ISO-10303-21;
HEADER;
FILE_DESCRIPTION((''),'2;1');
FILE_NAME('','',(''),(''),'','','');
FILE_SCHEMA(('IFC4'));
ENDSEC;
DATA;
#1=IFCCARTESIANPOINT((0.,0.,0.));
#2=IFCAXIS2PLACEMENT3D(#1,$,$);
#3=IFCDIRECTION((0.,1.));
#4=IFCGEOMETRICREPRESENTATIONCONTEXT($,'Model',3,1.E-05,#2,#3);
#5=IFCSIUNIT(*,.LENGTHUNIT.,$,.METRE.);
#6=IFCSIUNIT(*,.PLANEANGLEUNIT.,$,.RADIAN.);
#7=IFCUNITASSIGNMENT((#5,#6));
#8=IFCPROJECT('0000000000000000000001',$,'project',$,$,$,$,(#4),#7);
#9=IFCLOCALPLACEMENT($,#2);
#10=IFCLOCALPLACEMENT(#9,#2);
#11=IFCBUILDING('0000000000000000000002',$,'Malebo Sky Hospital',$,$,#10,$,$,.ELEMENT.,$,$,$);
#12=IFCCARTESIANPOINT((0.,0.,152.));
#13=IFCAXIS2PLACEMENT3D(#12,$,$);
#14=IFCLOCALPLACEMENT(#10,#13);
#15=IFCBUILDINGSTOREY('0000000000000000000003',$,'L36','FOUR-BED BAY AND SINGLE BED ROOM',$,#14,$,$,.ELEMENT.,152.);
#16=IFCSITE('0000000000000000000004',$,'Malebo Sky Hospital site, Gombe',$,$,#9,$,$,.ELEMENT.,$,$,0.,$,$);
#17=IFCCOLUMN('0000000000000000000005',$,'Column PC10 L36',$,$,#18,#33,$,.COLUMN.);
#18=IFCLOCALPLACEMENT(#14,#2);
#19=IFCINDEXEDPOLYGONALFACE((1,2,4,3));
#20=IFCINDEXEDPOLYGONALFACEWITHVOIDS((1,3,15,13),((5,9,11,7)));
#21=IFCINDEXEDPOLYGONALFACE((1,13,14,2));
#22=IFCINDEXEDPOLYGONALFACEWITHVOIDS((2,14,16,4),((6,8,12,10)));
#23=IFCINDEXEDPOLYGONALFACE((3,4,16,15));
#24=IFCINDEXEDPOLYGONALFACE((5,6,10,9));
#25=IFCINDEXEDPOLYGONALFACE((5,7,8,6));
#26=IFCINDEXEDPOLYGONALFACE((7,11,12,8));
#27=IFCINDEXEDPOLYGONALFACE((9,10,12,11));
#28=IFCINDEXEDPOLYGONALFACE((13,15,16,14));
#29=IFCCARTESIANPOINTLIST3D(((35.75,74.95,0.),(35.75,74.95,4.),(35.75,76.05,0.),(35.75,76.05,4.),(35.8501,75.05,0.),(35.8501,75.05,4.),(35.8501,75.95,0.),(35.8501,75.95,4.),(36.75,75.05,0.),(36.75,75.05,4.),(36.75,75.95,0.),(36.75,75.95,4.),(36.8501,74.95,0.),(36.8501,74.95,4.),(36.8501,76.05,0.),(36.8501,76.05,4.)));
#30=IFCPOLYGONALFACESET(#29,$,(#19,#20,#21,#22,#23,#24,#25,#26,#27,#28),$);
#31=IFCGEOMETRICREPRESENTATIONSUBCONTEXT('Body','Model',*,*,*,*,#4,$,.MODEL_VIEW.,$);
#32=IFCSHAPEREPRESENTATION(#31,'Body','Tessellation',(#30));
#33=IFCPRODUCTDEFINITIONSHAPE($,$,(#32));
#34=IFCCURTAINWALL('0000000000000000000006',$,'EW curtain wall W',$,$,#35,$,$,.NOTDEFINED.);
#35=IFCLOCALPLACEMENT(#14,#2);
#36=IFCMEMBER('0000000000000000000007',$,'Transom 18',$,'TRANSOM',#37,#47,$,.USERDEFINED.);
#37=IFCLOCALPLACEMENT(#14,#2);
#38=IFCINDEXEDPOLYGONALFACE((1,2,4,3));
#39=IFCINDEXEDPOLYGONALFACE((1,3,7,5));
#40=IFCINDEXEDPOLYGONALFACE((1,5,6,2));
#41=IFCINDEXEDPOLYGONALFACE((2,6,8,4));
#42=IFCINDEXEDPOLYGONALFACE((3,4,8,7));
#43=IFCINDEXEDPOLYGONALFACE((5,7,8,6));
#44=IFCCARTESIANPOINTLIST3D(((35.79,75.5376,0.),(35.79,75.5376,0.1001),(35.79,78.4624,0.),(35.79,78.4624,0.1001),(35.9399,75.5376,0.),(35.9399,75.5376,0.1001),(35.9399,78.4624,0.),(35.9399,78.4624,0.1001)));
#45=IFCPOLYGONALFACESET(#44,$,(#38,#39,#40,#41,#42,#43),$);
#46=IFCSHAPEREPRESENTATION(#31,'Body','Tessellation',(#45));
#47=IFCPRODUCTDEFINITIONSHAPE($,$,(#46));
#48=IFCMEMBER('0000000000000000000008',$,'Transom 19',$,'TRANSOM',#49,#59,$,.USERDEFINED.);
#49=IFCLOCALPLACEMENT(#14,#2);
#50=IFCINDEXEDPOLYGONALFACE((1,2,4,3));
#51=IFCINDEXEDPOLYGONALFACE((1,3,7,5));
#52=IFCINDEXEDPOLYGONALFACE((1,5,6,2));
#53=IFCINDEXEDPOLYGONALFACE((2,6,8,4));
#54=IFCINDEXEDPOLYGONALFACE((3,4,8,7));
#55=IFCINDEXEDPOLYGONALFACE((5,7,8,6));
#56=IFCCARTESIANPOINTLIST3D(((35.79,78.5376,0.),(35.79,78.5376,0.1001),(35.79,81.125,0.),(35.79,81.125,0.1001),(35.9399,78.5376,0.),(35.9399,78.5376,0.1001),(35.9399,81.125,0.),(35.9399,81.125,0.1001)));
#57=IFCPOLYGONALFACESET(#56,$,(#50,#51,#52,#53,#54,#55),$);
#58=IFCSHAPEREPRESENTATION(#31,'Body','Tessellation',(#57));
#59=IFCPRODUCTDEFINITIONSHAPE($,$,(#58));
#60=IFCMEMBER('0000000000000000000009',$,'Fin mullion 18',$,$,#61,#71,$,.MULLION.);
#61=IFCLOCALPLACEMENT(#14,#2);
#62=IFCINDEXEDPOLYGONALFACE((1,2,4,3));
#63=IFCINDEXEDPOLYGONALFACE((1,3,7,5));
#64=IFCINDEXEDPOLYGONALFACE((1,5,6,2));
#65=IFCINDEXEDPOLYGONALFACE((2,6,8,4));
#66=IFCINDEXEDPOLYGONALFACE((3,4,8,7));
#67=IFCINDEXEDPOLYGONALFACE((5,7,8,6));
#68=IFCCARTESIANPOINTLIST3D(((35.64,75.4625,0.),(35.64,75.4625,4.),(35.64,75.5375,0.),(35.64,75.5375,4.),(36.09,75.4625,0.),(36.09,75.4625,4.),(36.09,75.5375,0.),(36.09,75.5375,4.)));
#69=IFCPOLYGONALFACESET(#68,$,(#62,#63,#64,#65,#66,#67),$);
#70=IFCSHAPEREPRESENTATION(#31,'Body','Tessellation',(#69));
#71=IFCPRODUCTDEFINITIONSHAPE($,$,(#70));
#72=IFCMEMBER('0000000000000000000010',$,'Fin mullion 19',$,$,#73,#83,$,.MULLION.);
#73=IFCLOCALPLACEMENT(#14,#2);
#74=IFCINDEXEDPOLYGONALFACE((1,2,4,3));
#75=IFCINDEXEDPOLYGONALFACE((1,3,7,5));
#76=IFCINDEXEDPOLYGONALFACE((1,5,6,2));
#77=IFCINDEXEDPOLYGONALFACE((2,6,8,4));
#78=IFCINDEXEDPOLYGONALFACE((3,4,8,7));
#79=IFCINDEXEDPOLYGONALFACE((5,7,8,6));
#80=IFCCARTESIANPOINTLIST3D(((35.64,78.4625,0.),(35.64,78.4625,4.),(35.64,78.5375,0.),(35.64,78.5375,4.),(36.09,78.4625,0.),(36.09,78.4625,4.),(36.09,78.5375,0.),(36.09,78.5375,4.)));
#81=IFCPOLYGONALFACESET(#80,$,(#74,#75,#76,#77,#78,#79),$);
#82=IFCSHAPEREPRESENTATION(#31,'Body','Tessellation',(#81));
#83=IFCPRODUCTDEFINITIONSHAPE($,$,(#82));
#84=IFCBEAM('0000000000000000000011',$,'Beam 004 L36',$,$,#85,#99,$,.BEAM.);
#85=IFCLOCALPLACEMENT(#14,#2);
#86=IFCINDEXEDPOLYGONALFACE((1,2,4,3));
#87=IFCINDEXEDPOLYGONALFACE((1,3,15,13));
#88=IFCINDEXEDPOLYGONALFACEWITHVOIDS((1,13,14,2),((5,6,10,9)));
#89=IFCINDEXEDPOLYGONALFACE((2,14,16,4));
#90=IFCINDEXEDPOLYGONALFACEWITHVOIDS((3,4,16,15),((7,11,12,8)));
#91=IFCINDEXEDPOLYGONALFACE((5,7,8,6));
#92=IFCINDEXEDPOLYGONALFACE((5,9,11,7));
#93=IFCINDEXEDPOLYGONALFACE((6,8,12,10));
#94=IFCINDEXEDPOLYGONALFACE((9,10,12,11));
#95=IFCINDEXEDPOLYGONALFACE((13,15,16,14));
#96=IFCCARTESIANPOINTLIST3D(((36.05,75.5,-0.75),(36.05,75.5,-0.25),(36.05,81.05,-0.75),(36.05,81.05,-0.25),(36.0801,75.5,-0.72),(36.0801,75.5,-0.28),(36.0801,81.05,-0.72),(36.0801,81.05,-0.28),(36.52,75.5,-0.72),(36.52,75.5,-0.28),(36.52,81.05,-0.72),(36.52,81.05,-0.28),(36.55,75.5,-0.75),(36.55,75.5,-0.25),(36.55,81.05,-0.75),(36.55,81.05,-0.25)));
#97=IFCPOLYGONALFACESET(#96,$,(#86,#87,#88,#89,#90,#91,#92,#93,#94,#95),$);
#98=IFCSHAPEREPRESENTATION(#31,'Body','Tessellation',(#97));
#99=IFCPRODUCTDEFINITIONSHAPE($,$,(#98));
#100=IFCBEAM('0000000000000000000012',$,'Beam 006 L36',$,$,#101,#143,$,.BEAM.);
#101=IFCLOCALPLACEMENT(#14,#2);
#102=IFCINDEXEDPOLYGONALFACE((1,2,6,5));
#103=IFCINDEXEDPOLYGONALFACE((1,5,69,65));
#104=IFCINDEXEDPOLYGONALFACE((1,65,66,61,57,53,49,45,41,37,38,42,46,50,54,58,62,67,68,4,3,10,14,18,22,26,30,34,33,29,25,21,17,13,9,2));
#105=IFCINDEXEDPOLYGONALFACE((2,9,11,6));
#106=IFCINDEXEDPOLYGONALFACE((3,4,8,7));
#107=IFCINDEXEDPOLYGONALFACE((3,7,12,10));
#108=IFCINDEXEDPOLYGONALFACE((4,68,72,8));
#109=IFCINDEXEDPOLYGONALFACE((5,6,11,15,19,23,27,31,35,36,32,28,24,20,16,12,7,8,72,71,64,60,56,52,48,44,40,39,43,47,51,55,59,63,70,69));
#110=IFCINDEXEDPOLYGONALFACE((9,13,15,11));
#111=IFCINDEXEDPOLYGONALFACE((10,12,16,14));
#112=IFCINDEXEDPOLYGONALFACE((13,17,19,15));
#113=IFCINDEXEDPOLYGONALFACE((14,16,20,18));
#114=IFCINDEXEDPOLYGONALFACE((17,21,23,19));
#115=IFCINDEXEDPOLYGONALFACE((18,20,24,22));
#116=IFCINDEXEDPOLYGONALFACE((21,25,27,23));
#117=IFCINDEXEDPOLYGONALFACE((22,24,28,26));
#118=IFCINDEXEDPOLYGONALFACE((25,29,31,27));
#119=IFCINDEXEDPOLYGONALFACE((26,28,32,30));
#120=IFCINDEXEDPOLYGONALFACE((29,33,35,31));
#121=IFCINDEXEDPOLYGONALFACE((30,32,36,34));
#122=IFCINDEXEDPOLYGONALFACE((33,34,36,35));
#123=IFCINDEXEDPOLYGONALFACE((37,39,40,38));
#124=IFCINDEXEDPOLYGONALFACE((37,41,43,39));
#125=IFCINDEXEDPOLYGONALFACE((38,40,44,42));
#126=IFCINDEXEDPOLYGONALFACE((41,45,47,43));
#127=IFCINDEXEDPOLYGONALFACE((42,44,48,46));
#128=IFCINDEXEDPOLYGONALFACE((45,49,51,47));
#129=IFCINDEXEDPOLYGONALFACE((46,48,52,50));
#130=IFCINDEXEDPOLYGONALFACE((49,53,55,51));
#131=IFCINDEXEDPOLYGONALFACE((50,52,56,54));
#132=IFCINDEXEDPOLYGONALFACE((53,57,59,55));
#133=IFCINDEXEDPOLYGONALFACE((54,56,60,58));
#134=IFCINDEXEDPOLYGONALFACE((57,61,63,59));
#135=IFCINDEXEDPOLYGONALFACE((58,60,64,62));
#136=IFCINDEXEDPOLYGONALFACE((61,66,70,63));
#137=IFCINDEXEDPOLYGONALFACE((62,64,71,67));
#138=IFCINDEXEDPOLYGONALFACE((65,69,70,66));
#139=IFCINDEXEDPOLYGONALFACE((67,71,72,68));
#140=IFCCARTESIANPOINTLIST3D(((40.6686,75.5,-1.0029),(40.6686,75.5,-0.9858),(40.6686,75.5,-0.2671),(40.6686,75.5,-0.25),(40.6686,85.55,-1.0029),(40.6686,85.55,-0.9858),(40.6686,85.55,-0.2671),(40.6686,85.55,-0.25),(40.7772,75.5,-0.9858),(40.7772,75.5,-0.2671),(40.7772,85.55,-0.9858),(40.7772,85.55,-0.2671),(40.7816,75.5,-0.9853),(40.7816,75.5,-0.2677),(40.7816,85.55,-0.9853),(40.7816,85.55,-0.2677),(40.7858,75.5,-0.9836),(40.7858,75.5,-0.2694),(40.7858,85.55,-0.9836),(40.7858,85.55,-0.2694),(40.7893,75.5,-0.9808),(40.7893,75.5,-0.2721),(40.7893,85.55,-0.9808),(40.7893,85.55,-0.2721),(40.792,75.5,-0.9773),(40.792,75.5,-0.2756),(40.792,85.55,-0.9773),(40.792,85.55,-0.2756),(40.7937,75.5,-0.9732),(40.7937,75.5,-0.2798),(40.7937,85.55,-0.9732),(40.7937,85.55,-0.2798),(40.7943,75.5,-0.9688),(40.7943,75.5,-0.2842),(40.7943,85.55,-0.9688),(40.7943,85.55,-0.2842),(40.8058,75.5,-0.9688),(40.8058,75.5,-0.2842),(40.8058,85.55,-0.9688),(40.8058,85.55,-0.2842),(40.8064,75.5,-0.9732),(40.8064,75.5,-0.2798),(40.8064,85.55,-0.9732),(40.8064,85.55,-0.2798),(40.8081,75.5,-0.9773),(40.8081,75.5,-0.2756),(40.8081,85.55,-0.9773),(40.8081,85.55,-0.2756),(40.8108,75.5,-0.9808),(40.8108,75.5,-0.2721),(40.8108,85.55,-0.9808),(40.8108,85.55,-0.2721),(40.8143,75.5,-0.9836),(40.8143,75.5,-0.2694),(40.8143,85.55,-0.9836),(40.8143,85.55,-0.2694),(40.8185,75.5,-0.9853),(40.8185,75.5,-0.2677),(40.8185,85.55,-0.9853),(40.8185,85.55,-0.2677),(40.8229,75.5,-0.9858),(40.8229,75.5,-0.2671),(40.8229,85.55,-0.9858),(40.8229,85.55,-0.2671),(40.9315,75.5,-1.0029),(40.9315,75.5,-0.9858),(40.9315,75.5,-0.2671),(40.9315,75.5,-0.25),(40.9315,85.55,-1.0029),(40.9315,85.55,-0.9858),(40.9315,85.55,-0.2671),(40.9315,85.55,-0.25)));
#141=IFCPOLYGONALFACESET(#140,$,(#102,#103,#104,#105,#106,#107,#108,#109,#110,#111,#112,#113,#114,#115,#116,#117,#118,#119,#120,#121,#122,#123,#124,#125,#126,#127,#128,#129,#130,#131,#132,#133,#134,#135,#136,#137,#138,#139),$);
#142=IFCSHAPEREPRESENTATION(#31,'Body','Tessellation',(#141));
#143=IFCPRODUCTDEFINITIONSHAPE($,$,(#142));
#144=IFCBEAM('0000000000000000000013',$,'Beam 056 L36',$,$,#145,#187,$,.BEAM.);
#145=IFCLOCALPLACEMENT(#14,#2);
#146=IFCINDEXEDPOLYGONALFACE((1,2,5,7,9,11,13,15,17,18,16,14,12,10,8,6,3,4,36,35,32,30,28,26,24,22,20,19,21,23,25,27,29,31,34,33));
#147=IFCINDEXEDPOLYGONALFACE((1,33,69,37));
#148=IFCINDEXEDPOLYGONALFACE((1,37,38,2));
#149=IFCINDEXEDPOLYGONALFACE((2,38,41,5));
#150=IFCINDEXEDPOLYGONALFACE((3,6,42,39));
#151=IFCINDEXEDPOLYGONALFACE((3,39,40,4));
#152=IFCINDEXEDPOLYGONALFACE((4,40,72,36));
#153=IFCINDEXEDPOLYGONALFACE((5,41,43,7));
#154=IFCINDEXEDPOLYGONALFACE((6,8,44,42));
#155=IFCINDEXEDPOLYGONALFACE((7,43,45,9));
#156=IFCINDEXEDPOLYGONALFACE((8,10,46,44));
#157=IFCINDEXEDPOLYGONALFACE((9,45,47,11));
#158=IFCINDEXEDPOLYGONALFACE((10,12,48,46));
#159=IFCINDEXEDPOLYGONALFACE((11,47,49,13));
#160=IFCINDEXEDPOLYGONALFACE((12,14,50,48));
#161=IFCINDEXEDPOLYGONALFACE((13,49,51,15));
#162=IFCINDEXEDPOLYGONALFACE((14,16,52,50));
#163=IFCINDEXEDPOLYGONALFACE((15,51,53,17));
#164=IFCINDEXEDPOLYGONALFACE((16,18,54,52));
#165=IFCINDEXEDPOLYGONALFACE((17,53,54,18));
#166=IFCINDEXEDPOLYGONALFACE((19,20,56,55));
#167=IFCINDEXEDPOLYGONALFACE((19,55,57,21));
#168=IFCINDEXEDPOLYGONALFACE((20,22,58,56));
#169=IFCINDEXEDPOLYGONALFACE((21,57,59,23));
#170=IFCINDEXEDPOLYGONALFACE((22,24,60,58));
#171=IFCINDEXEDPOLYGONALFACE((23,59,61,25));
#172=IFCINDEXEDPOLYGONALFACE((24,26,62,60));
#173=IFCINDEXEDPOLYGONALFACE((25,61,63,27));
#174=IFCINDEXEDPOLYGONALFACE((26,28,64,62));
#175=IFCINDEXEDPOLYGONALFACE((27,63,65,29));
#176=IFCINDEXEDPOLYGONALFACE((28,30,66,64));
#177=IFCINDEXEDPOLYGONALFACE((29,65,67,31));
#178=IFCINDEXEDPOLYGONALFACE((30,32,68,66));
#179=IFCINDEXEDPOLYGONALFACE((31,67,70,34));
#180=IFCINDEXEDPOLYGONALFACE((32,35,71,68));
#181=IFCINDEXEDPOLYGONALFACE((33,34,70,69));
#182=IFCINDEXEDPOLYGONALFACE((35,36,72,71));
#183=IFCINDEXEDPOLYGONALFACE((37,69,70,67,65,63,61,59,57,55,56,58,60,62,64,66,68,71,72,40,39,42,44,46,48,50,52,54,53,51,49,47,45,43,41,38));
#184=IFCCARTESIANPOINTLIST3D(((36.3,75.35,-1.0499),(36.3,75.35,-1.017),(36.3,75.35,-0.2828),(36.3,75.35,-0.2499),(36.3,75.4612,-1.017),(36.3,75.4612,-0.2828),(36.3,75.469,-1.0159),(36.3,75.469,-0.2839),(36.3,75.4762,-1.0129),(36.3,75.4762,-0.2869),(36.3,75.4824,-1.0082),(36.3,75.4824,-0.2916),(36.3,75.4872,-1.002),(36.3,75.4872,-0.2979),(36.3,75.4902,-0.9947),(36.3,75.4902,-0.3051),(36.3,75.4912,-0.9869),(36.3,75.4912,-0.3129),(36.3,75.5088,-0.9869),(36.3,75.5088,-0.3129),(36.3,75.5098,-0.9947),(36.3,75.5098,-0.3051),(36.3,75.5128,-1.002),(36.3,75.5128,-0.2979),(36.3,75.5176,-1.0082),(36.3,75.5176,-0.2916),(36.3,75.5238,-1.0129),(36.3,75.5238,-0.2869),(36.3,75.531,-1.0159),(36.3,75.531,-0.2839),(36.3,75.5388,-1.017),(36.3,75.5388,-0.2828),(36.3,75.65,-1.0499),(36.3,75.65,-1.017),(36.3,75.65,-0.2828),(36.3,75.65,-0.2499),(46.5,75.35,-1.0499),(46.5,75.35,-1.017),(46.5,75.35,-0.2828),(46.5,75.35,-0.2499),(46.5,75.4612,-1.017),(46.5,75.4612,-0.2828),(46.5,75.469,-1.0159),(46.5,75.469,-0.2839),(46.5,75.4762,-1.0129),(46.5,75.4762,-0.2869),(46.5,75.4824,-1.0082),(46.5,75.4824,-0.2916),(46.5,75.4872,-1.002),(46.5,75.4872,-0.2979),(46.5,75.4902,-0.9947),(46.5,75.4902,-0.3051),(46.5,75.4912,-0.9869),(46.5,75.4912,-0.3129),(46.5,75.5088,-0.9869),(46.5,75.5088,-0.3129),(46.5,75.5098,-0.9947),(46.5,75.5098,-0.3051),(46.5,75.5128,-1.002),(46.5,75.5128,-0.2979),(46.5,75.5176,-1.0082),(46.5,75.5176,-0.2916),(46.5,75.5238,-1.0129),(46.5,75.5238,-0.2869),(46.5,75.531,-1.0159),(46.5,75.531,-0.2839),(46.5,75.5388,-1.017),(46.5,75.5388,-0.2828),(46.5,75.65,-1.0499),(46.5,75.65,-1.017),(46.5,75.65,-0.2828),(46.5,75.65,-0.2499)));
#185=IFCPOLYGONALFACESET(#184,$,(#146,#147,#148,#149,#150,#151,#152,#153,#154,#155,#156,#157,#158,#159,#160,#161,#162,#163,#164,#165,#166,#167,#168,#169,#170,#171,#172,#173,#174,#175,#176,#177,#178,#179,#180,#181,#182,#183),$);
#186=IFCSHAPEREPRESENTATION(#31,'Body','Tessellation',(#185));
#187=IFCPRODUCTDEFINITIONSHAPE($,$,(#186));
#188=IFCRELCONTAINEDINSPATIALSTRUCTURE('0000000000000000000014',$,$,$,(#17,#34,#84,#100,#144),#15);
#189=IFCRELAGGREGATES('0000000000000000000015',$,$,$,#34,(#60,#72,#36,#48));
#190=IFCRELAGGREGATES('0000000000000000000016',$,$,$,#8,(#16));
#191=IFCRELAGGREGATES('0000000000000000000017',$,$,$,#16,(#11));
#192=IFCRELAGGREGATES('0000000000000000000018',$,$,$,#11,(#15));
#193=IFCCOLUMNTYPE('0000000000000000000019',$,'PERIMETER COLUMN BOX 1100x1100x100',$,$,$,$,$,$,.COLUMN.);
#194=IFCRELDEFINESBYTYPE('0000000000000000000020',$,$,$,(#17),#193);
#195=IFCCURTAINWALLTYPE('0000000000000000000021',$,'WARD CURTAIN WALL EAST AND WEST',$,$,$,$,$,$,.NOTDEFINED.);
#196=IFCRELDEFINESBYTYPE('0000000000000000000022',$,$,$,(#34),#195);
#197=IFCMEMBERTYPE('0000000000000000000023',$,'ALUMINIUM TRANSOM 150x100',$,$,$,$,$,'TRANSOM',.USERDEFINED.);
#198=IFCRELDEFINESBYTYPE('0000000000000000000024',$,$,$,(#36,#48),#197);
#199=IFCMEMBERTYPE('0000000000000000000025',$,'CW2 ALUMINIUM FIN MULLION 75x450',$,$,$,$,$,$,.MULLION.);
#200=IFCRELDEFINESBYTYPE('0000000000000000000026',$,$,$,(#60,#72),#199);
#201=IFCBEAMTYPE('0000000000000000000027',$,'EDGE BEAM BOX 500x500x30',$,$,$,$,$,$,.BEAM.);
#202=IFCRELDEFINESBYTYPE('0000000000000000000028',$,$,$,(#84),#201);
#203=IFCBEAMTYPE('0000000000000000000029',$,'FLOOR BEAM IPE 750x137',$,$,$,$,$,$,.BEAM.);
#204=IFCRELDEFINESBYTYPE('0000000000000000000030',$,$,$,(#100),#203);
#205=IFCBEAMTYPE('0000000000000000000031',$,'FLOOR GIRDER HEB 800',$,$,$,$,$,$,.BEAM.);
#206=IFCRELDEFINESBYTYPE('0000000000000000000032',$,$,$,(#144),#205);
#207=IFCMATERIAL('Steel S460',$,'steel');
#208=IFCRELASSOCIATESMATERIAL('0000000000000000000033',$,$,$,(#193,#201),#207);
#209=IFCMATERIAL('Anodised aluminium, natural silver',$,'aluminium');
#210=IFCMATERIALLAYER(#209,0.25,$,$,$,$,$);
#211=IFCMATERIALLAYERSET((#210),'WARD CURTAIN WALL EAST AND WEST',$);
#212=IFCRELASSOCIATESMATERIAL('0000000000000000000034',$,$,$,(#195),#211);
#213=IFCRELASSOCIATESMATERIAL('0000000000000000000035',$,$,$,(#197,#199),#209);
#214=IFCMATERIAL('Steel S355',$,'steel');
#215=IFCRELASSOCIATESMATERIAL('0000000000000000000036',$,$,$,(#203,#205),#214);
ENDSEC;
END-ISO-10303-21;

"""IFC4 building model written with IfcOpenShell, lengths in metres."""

from ifc_helpers import new_model, si_unit, direction, frame, origin, origin_2d, place, context, subcontext, project, spatial, rectangle, hollow_rectangle, i_section, extrude, material, layer, layer_set, material_profile, profile_set, type_object, element, aggregate, save


model = new_model("IFC4")

# Units and contexts
model_context = context("Model", 3, precision=1e-05, world=origin(), true_north=direction((0.0, 1.0)))
body_context = subcontext(model_context, "Body", "Model", "MODEL_VIEW")
ifc_project = project(units=[si_unit("LENGTHUNIT", "METRE"), si_unit("PLANEANGLEUNIT", "RADIAN")], contexts=[model_context])

# Site, building, storey
site_placement = place(None, origin())
site = spatial("IfcSite", under=ifc_project, at=site_placement, Name="Malebo Sky Hospital site, Gombe", CompositionType="ELEMENT", RefElevation=0.0)
building_placement = place(site_placement, origin())
building = spatial("IfcBuilding", under=site, at=building_placement, Name="Malebo Sky Hospital", CompositionType="ELEMENT")
storey_placement = place(building_placement, frame((0.0, 0.0, 152.0)))
storey = spatial("IfcBuildingStorey", under=building, at=storey_placement, Name="L36", Description="FOUR-BED BAY AND SINGLE BED ROOM", CompositionType="ELEMENT", Elevation=152.0)

# Column
ifc_material_1 = material(Name="Steel S460", Category="steel")
ifc_material_profile_1 = material_profile(ifc_material_1, hollow_rectangle(XDim=1.1001, YDim=1.1001, WallThickness=0.1001, at=origin_2d()), Name="BOX 1100x1100x100")
ifc_profile_set_1 = profile_set([ifc_material_profile_1], Name="Steel S460")
column_type = type_object("IfcColumnType", Name="PERIMETER COLUMN BOX 1100x1100x100", PredefinedType="COLUMN", material=ifc_profile_set_1)
column_placement = place(storey_placement, frame((36.3, 75.5, 0.0), z_axis=(0.0, 0.0, 1.0), x_axis=(1.0, 0.0, 0.0)))
element("IfcColumn", 1, at=column_placement, inside=storey, type_object=column_type, Name="Column PC10 L36", PredefinedType="COLUMN", context=body_context, shape_type="SweptSolid", body=[
    extrude(hollow_rectangle(XDim=1.1001, YDim=1.1001, WallThickness=0.1001, at=origin_2d()), origin(), (0.0, 0.0, 1.0), 4.0),
])

# Curtain wall, members
ifc_material_2 = material(Name="Anodised aluminium, natural silver", Category="aluminium")
ifc_layer_1 = layer(ifc_material_2, 0.25)
ifc_layer_set_1 = layer_set([ifc_layer_1], Name="WARD CURTAIN WALL EAST AND WEST")
curtain_wall_type = type_object("IfcCurtainWallType", Name="WARD CURTAIN WALL EAST AND WEST", PredefinedType="NOTDEFINED", material=ifc_layer_set_1)
curtain_wall_placement = place(storey_placement, origin())
curtain_wall = element("IfcCurtainWall", 2, at=curtain_wall_placement, inside=storey, type_object=curtain_wall_type, Name="EW curtain wall W", PredefinedType="NOTDEFINED")
ifc_material_profile_2 = material_profile(ifc_material_2, rectangle(XDim=0.1499, YDim=0.1001, at=origin_2d()), Name="ALUMINIUM TRANSOM 150x100")
ifc_profile_set_2 = profile_set([ifc_material_profile_2], Name="Anodised aluminium, natural silver")
member_type_1 = type_object("IfcMemberType", Name="ALUMINIUM TRANSOM 150x100", ElementType="TRANSOM", PredefinedType="USERDEFINED", material=ifc_profile_set_2)
member_1_placement = place(storey_placement, frame((35.865, 75.5376, 0.05), z_axis=(0.0, 1.0, 0.0), x_axis=(-1.0, 0.0, 0.0)))
member_1 = element("IfcMember", 3, at=member_1_placement, type_object=member_type_1, Name="Transom 18", ObjectType="TRANSOM", PredefinedType="USERDEFINED", context=body_context, shape_type="SweptSolid", body=[
    extrude(rectangle(XDim=0.1499, YDim=0.1001, at=origin_2d()), origin(), (0.0, 0.0, 1.0), 2.9248),
])
member_2_placement = place(storey_placement, frame((35.865, 78.5376, 0.05), z_axis=(0.0, 1.0, 0.0), x_axis=(-1.0, 0.0, 0.0)))
member_2 = element("IfcMember", 4, at=member_2_placement, type_object=member_type_1, Name="Transom 19", ObjectType="TRANSOM", PredefinedType="USERDEFINED", context=body_context, shape_type="SweptSolid", body=[
    extrude(rectangle(XDim=0.1499, YDim=0.1001, at=origin_2d()), origin(), (0.0, 0.0, 1.0), 2.5874),
])
ifc_material_profile_3 = material_profile(ifc_material_2, rectangle(XDim=0.075, YDim=0.45, at=origin_2d()), Name="CW2 ALUMINIUM FIN MULLION 75x450")
ifc_profile_set_3 = profile_set([ifc_material_profile_3], Name="Anodised aluminium, natural silver")
member_type_2 = type_object("IfcMemberType", Name="CW2 ALUMINIUM FIN MULLION 75x450", PredefinedType="MULLION", material=ifc_profile_set_3)
member_3_placement = place(storey_placement, frame((35.865, 75.5, 0.0), z_axis=(0.0, 0.0, 1.0), x_axis=(0.0, 1.0, 0.0)))
member_3 = element("IfcMember", 5, at=member_3_placement, type_object=member_type_2, Name="Fin mullion 18", PredefinedType="MULLION", context=body_context, shape_type="SweptSolid", body=[
    extrude(rectangle(XDim=0.075, YDim=0.45, at=origin_2d()), origin(), (0.0, 0.0, 1.0), 4.0),
])
member_4_placement = place(storey_placement, frame((35.865, 78.5, 0.0), z_axis=(0.0, 0.0, 1.0), x_axis=(0.0, 1.0, 0.0)))
member_4 = element("IfcMember", 6, at=member_4_placement, type_object=member_type_2, Name="Fin mullion 19", PredefinedType="MULLION", context=body_context, shape_type="SweptSolid", body=[
    extrude(rectangle(XDim=0.075, YDim=0.45, at=origin_2d()), origin(), (0.0, 0.0, 1.0), 4.0),
])

# Beams
ifc_material_profile_4 = material_profile(ifc_material_1, hollow_rectangle(XDim=0.5, YDim=0.5, WallThickness=0.03, at=origin_2d()), Name="BOX 500x500x30")
ifc_profile_set_4 = profile_set([ifc_material_profile_4], Name="Steel S460")
beam_type_1 = type_object("IfcBeamType", Name="EDGE BEAM BOX 500x500x30", PredefinedType="BEAM", material=ifc_profile_set_4)
beam_1_placement = place(storey_placement, frame((36.3, 75.5, -0.5), z_axis=(0.0, 1.0, 0.0), x_axis=(-1.0, 0.0, 0.0)))
element("IfcBeam", 7, at=beam_1_placement, inside=storey, type_object=beam_type_1, Name="Beam 004 L36", PredefinedType="BEAM", context=body_context, shape_type="SweptSolid", body=[
    extrude(hollow_rectangle(XDim=0.5, YDim=0.5, WallThickness=0.03, at=origin_2d()), origin(), (0.0, 0.0, 1.0), 5.55),
])
ifc_material_3 = material(Name="Steel S355", Category="steel")
ifc_material_profile_5 = material_profile(ifc_material_3, i_section(OverallWidth=0.2629, OverallDepth=0.7529, WebThickness=0.0115, FlangeThickness=0.0171, FilletRadius=0.0171, at=origin_2d()), Name="IPE 750x137")
ifc_profile_set_5 = profile_set([ifc_material_profile_5], Name="Steel S355")
beam_type_2 = type_object("IfcBeamType", Name="FLOOR BEAM IPE 750x137", PredefinedType="BEAM", material=ifc_profile_set_5)
beam_2_placement = place(storey_placement, frame((40.8, 75.5, -0.6265), z_axis=(0.0, 1.0, 0.0), x_axis=(-1.0, 0.0, 0.0)))
element("IfcBeam", 8, at=beam_2_placement, inside=storey, type_object=beam_type_2, Name="Beam 006 L36", PredefinedType="BEAM", context=body_context, shape_type="SweptSolid", body=[
    extrude(i_section(OverallWidth=0.2629, OverallDepth=0.7529, WebThickness=0.0115, FlangeThickness=0.0171, FilletRadius=0.0171, at=origin_2d()), origin(), (0.0, 0.0, 1.0), 10.05),
])
ifc_material_profile_6 = material_profile(ifc_material_3, i_section(OverallWidth=0.3, OverallDepth=0.8, WebThickness=0.0176, FlangeThickness=0.033, FilletRadius=0.03, at=origin_2d()), Name="HEB 800")
ifc_profile_set_6 = profile_set([ifc_material_profile_6], Name="Steel S355")
beam_type_3 = type_object("IfcBeamType", Name="FLOOR GIRDER HEB 800", PredefinedType="BEAM", material=ifc_profile_set_6)
beam_3_placement = place(storey_placement, frame((36.3, 75.5, -0.6499), z_axis=(1.0, 0.0, 0.0), x_axis=(0.0, 1.0, 0.0)))
element("IfcBeam", 9, at=beam_3_placement, inside=storey, type_object=beam_type_3, Name="Beam 056 L36", PredefinedType="BEAM", context=body_context, shape_type="SweptSolid", body=[
    extrude(i_section(OverallWidth=0.3, OverallDepth=0.8, WebThickness=0.0176, FlangeThickness=0.033, FilletRadius=0.03, at=origin_2d()), origin(), (0.0, 0.0, 1.0), 10.2),
])

aggregate(curtain_wall, [member_3, member_4, member_1, member_2])

save(model, "model.ifc")
